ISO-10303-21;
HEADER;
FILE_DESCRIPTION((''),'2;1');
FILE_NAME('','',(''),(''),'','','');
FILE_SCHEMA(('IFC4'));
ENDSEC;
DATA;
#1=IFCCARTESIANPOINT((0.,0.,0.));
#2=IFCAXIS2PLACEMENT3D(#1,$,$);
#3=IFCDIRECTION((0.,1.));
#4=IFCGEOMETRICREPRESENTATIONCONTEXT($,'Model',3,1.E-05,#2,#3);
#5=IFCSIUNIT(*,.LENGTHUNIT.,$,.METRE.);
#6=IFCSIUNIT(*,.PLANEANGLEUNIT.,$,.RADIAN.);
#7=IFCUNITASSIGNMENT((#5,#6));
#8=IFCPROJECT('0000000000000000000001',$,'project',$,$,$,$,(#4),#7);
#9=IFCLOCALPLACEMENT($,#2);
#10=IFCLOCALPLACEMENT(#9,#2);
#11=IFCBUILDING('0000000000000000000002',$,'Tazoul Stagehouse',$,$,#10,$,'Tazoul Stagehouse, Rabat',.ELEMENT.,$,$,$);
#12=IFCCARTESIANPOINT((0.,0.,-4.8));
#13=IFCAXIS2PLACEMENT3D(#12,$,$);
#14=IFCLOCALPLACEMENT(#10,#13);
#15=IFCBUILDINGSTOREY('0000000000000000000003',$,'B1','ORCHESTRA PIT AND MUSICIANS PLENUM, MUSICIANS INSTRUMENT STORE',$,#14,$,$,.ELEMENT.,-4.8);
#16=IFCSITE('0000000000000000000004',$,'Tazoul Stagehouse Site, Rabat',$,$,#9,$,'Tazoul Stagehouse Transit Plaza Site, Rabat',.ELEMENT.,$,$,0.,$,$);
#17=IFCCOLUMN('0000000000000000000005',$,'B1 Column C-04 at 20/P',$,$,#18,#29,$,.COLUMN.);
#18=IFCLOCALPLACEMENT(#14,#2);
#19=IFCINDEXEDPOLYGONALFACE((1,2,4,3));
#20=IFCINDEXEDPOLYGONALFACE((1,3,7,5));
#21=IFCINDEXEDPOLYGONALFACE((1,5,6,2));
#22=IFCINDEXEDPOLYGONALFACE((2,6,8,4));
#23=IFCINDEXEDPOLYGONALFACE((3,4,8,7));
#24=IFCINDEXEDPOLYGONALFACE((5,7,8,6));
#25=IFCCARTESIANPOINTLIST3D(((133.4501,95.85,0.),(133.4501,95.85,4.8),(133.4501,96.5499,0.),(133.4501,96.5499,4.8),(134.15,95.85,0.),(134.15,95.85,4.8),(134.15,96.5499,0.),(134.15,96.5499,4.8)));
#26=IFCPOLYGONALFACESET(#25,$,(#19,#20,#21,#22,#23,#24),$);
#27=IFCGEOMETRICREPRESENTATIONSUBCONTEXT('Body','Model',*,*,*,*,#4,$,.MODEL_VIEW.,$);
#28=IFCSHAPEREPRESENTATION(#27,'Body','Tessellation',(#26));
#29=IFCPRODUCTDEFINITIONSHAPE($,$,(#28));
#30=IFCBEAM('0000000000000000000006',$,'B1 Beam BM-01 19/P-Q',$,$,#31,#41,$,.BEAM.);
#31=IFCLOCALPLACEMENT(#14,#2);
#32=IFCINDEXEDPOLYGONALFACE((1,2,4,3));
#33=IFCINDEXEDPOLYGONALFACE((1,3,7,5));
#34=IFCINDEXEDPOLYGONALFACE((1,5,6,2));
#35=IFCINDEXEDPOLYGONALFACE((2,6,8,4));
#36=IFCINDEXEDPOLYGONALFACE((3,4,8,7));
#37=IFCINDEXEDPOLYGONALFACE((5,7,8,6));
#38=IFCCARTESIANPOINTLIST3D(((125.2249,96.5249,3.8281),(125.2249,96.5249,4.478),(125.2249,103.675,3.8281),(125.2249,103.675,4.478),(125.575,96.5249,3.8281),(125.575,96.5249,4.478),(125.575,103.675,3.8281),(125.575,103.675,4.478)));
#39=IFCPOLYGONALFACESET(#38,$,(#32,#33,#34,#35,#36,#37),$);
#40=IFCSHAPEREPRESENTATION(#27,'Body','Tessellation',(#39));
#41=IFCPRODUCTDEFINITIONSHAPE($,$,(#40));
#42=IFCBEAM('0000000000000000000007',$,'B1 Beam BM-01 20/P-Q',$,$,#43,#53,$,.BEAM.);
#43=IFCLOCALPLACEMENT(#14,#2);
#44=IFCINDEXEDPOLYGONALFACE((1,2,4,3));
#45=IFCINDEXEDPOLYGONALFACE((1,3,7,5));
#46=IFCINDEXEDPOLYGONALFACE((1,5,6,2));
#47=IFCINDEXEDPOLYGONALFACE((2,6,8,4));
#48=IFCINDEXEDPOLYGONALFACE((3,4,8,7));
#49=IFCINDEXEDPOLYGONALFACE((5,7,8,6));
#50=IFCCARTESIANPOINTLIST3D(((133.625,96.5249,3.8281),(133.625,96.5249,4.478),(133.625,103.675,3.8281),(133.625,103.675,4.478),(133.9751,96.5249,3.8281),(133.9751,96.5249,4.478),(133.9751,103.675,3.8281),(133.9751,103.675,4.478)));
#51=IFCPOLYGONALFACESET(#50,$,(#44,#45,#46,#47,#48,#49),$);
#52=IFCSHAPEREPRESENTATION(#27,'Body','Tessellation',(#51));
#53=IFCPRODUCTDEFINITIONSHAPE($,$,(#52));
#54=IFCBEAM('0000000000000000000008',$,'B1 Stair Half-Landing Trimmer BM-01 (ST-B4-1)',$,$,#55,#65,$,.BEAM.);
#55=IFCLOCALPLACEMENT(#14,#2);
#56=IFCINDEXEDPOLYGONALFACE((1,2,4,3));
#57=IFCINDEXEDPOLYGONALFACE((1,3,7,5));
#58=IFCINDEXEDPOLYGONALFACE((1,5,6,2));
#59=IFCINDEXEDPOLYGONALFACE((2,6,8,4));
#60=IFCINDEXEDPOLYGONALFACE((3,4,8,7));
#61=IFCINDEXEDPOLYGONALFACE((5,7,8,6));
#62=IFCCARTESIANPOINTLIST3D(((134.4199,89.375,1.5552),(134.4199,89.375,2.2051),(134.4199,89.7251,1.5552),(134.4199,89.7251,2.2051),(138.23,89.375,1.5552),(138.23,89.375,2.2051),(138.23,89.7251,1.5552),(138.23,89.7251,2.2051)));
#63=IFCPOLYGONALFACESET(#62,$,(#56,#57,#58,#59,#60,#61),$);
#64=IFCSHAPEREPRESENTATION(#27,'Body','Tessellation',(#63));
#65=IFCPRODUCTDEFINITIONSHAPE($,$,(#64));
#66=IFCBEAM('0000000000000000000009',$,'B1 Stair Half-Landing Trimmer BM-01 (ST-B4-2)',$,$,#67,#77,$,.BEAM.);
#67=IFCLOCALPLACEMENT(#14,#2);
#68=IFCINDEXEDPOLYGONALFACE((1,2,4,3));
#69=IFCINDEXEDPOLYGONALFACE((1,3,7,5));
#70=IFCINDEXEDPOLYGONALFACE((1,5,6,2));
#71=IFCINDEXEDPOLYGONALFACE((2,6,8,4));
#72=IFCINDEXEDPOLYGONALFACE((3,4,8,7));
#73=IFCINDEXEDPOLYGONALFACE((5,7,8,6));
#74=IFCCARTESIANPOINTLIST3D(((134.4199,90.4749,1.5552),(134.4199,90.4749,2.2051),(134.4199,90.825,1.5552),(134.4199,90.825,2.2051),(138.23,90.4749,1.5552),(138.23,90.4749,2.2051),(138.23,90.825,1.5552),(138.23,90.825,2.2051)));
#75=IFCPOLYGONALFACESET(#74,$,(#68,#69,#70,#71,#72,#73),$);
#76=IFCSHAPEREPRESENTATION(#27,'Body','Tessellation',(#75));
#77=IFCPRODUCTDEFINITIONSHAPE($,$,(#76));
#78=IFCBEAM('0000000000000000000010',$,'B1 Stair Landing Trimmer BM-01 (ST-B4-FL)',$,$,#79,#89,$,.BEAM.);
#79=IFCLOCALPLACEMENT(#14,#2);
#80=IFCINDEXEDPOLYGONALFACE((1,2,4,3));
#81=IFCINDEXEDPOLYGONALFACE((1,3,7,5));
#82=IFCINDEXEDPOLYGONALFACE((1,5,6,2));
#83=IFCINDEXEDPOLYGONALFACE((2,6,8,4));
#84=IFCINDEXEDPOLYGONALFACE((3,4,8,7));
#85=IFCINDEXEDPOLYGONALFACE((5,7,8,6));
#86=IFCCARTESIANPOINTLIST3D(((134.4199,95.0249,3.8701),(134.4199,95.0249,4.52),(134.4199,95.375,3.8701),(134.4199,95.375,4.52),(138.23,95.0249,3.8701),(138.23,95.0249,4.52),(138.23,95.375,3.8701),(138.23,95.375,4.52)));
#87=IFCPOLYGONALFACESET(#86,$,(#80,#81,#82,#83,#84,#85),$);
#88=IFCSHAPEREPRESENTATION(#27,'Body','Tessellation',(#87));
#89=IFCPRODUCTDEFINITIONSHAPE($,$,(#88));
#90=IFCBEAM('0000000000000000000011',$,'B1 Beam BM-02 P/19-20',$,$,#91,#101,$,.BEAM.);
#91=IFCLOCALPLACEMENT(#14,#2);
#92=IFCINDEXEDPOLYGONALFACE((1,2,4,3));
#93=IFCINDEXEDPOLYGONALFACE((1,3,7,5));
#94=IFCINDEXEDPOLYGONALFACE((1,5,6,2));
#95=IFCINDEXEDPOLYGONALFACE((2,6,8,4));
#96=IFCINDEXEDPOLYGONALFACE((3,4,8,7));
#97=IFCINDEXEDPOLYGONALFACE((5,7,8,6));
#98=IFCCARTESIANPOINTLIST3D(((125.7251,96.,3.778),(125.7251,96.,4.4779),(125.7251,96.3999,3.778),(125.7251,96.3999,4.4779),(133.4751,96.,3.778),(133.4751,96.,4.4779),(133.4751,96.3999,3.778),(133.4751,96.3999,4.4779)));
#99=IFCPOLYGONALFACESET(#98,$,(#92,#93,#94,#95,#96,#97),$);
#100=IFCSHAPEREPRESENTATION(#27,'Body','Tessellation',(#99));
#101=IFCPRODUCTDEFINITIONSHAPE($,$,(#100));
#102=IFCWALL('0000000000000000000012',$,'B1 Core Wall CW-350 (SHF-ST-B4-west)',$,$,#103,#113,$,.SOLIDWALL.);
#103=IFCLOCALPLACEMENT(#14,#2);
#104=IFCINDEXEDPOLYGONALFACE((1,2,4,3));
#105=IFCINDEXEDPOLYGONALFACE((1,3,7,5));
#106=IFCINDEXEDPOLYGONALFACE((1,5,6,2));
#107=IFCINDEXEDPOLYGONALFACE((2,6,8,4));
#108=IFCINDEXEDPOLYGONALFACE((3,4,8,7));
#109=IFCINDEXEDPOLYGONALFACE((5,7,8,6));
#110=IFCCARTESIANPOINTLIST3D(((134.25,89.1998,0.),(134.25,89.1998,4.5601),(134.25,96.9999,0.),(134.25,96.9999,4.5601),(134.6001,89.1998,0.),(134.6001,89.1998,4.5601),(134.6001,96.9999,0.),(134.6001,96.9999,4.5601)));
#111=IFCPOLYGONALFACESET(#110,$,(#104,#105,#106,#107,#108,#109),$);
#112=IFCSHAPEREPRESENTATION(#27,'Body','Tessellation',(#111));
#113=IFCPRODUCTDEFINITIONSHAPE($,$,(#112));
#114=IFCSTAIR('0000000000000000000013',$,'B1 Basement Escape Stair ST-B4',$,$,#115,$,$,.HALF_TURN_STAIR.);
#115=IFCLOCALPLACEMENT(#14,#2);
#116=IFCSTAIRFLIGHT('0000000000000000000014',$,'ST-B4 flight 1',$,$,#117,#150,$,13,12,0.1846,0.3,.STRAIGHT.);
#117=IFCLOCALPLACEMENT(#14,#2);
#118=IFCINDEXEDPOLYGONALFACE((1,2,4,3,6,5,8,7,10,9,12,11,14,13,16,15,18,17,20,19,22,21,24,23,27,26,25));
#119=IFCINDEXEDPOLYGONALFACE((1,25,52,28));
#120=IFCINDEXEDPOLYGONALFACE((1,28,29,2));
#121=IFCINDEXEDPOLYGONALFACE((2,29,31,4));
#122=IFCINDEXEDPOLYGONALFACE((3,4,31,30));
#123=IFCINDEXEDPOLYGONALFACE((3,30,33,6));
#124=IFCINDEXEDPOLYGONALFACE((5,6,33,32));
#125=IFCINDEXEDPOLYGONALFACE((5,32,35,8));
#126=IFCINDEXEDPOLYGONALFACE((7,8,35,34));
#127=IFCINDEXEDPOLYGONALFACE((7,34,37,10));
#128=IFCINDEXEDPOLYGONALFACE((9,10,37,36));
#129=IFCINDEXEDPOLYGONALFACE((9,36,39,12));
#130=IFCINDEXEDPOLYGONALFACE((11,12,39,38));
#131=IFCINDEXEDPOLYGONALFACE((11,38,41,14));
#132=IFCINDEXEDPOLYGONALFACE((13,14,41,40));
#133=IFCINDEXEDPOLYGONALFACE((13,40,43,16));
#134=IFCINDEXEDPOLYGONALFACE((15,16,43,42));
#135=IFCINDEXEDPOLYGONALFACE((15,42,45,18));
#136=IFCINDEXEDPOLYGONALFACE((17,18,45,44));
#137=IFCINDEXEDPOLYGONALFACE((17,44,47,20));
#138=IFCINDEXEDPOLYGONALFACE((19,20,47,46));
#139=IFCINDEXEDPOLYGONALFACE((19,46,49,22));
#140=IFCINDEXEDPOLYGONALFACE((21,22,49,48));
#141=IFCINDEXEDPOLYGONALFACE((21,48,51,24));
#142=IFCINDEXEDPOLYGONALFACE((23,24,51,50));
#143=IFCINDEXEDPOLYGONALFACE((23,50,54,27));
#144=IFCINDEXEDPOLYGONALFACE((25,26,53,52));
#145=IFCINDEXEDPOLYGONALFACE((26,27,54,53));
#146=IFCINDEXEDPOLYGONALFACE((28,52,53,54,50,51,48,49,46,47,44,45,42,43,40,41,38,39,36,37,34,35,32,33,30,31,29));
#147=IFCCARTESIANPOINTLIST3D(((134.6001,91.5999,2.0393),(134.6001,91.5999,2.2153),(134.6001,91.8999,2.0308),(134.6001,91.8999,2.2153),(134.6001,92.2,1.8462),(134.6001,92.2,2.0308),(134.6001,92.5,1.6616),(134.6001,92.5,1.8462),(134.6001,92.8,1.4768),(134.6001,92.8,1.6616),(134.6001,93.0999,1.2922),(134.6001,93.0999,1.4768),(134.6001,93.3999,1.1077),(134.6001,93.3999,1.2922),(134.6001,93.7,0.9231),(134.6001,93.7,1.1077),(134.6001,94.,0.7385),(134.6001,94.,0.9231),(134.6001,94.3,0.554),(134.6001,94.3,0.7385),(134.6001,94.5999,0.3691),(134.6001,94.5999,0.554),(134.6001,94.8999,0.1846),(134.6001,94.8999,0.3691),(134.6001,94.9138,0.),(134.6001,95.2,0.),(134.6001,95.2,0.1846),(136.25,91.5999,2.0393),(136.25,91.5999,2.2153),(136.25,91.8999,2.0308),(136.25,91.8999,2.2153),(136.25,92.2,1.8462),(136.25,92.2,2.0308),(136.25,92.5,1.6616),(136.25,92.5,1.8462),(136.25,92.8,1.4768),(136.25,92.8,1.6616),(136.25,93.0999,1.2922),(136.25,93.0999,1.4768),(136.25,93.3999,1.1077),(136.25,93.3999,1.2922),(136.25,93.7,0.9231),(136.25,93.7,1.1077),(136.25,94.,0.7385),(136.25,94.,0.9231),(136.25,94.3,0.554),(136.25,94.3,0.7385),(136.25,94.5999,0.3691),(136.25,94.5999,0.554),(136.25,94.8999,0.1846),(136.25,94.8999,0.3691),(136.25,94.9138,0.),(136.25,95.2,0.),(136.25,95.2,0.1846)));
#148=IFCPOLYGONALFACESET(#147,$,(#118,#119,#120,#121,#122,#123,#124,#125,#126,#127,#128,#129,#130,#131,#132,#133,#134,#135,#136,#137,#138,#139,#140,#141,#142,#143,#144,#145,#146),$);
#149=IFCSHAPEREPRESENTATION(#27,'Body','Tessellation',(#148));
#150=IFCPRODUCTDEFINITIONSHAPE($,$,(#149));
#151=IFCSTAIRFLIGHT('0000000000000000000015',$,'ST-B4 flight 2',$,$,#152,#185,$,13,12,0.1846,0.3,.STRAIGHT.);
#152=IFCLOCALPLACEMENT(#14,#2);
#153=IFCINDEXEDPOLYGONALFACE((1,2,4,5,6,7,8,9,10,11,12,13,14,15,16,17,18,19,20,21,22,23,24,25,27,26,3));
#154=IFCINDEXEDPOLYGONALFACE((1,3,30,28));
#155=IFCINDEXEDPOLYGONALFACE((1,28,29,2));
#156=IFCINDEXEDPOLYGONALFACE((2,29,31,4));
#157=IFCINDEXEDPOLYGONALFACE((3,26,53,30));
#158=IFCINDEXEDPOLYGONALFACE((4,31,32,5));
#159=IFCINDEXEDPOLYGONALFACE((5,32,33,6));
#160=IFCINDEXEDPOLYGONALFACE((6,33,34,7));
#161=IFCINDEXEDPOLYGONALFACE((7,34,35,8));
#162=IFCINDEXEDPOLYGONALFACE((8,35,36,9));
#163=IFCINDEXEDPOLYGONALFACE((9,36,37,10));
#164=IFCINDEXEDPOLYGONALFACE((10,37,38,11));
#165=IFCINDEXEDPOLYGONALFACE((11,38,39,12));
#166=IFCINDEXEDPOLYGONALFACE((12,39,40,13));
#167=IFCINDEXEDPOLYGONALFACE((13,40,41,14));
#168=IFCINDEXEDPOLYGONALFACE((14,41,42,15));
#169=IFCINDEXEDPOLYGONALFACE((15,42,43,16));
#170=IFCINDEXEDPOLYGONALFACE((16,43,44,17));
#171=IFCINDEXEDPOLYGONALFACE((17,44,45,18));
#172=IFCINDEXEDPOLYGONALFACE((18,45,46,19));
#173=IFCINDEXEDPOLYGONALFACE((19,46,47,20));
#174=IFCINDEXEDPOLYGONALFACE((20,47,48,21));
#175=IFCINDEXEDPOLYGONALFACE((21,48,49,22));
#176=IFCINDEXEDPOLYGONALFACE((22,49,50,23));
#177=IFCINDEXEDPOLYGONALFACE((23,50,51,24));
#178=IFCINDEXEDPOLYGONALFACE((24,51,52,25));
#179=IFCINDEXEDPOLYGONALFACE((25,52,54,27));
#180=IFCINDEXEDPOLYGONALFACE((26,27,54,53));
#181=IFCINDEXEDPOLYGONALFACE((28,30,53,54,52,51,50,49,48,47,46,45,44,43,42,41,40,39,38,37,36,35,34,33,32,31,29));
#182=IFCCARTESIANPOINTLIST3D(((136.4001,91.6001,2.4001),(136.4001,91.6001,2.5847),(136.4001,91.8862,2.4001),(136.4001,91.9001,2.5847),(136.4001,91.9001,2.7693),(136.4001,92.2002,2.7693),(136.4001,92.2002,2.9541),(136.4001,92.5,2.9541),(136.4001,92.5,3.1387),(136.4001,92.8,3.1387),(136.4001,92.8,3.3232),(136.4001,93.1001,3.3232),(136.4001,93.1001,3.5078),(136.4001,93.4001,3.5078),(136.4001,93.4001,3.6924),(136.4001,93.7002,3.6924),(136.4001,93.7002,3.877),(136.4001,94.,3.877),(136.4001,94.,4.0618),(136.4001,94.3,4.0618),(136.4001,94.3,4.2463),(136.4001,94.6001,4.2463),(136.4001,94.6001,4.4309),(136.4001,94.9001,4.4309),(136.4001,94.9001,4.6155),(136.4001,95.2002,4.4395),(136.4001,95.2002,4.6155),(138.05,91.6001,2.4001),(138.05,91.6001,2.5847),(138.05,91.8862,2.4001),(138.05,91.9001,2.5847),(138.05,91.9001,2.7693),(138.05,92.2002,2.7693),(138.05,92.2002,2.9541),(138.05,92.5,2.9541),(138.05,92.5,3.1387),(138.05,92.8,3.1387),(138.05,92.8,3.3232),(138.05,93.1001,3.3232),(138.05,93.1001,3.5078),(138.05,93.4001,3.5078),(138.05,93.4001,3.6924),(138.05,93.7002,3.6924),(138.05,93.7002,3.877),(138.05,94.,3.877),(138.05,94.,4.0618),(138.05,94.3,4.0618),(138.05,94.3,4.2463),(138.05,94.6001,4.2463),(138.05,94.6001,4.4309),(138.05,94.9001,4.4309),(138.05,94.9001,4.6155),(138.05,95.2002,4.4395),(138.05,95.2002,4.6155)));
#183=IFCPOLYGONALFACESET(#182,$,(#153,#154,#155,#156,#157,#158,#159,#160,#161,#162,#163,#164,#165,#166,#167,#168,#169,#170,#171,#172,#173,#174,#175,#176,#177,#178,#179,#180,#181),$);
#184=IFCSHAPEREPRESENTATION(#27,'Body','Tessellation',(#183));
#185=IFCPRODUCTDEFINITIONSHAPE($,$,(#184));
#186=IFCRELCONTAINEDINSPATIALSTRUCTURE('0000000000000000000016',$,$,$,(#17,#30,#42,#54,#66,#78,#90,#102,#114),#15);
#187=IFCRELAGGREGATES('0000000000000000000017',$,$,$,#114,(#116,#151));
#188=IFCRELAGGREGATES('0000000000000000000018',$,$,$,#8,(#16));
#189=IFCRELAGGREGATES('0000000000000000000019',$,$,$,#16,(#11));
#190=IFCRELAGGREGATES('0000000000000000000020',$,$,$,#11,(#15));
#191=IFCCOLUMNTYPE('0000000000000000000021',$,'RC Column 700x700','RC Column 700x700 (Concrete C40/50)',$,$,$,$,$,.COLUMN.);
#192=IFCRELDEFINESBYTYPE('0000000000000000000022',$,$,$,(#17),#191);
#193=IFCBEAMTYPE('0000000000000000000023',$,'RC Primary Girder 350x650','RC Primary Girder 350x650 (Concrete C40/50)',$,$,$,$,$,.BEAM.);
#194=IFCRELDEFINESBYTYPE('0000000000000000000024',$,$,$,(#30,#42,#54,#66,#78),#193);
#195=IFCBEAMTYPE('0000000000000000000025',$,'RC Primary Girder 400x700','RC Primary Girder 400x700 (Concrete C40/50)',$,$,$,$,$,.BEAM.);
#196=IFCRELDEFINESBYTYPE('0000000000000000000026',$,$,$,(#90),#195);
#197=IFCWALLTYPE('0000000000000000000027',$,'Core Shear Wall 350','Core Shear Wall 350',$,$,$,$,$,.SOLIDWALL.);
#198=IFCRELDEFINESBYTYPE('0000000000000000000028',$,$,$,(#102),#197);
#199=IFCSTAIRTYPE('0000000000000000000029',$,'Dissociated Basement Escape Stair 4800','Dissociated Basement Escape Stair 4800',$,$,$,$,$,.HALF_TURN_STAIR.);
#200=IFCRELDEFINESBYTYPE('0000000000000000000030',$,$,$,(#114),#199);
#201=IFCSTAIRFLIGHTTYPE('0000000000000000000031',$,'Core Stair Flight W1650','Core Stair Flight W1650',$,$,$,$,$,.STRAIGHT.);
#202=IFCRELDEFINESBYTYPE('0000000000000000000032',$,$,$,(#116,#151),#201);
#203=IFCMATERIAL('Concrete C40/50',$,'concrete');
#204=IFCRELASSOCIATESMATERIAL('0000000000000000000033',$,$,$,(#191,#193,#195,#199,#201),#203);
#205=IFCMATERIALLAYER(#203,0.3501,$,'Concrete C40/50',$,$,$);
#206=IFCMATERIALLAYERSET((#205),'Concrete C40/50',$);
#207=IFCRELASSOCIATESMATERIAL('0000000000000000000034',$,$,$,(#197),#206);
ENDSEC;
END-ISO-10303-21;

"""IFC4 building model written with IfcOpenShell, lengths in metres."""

from ifc_helpers import new_model, si_unit, direction, frame, frame_2d, origin, origin_2d, place, context, subcontext, project, spatial, polyline, rectangle, outline, extrude, material, layer, layer_set, material_profile, profile_set, type_object, element, aggregate, save


model = new_model("IFC4")

# Units and contexts
model_context = context("Model", 3, precision=1e-05, world=origin(), true_north=direction((0.0, 1.0)))
body_context = subcontext(model_context, "Body", "Model", "MODEL_VIEW")
ifc_project = project(units=[si_unit("LENGTHUNIT", "METRE"), si_unit("PLANEANGLEUNIT", "RADIAN")], contexts=[model_context])

# Site, building, storey
site_placement = place(None, origin())
site = spatial("IfcSite", under=ifc_project, at=site_placement, Name="Tazoul Stagehouse Site, Rabat", LongName="Tazoul Stagehouse Transit Plaza Site, Rabat", CompositionType="ELEMENT", RefElevation=0.0)
building_placement = place(site_placement, origin())
building = spatial("IfcBuilding", under=site, at=building_placement, Name="Tazoul Stagehouse", LongName="Tazoul Stagehouse, Rabat", CompositionType="ELEMENT")
storey_placement = place(building_placement, frame((0.0, 0.0, -4.8)))
storey = spatial("IfcBuildingStorey", under=building, at=storey_placement, Name="B1", Description="ORCHESTRA PIT AND MUSICIANS PLENUM, MUSICIANS INSTRUMENT STORE", CompositionType="ELEMENT", Elevation=-4.8)

# Column
ifc_material_1 = material(Name="Concrete C40/50", Category="concrete")
ifc_material_profile_1 = material_profile(ifc_material_1, rectangle(XDim=0.7, YDim=0.7, at=origin_2d()), Name="RC 700x700")
ifc_profile_set_1 = profile_set([ifc_material_profile_1], Name="Concrete C40/50")
column_type = type_object("IfcColumnType", Name="RC Column 700x700", Description="RC Column 700x700 (Concrete C40/50)", PredefinedType="COLUMN", material=ifc_profile_set_1)
for number, where, z_axis, x_axis, name in (
    (1, (133.8, 96.2, 0.0), (0.0, 0.0, 1.0), (1.0, 0.0, 0.0), "B1 Column C-04 at 20/P"),
):
    element("IfcColumn", number, at=place(storey_placement, frame(where, z_axis=z_axis, x_axis=x_axis)), inside=storey, type_object=column_type, Name=name, PredefinedType="COLUMN", context=body_context, shape_type="SweptSolid", body=[
        extrude(rectangle(XDim=0.7, YDim=0.7, at=origin_2d()), origin(), (0.0, 0.0, 1.0), 4.8),
    ])

# Beams
ifc_material_profile_2 = material_profile(ifc_material_1, rectangle(XDim=0.3501, YDim=0.6499, at=origin_2d()), Name="RC 350x650")
ifc_profile_set_2 = profile_set([ifc_material_profile_2], Name="Concrete C40/50")
beam_type_1 = type_object("IfcBeamType", Name="RC Primary Girder 350x650", Description="RC Primary Girder 350x650 (Concrete C40/50)", PredefinedType="BEAM", material=ifc_profile_set_2)
for number, where, z_axis, x_axis, name in (
    (2, (125.3999, 96.5249, 4.1531), (0.0, 1.0, 0.0), (-1.0, 0.0, 0.0), "B1 Beam BM-01 19/P-Q"),
    (3, (133.8, 96.5249, 4.1531), (0.0, 1.0, 0.0), (-1.0, 0.0, 0.0), "B1 Beam BM-01 20/P-Q"),
):
    element("IfcBeam", number, at=place(storey_placement, frame(where, z_axis=z_axis, x_axis=x_axis)), inside=storey, type_object=beam_type_1, Name=name, PredefinedType="BEAM", context=body_context, shape_type="SweptSolid", body=[
        extrude(rectangle(XDim=0.3501, YDim=0.6499, at=origin_2d()), origin(), (0.0, 0.0, 1.0), 7.1501),
    ])
for number, where, z_axis, x_axis, name in (
    (4, (134.4199, 89.55, 1.8801), (1.0, 0.0, 0.0), (0.0, 1.0, 0.0), "B1 Stair Half-Landing Trimmer BM-01 (ST-B4-1)"),
    (5, (134.4199, 90.6499, 1.8801), (1.0, 0.0, 0.0), (0.0, 1.0, 0.0), "B1 Stair Half-Landing Trimmer BM-01 (ST-B4-2)"),
    (6, (134.4199, 95.2, 4.1951), (1.0, 0.0, 0.0), (0.0, 1.0, 0.0), "B1 Stair Landing Trimmer BM-01 (ST-B4-FL)"),
):
    element("IfcBeam", number, at=place(storey_placement, frame(where, z_axis=z_axis, x_axis=x_axis)), inside=storey, type_object=beam_type_1, Name=name, PredefinedType="BEAM", context=body_context, shape_type="SweptSolid", body=[
        extrude(rectangle(XDim=0.3501, YDim=0.6499, at=origin_2d()), origin(), (0.0, 0.0, 1.0), 3.8101),
    ])
ifc_material_profile_3 = material_profile(ifc_material_1, rectangle(XDim=0.3999, YDim=0.7, at=origin_2d()), Name="RC 400x700")
ifc_profile_set_3 = profile_set([ifc_material_profile_3], Name="Concrete C40/50")
beam_type_2 = type_object("IfcBeamType", Name="RC Primary Girder 400x700", Description="RC Primary Girder 400x700 (Concrete C40/50)", PredefinedType="BEAM", material=ifc_profile_set_3)
beam_placement = place(storey_placement, frame((125.7251, 96.2, 4.1279), z_axis=(1.0, 0.0, 0.0), x_axis=(0.0, 1.0, 0.0)))
element("IfcBeam", 7, at=beam_placement, inside=storey, type_object=beam_type_2, Name="B1 Beam BM-02 P/19-20", PredefinedType="BEAM", context=body_context, shape_type="SweptSolid", body=[
    extrude(rectangle(XDim=0.3999, YDim=0.7, at=origin_2d()), origin(), (0.0, 0.0, 1.0), 7.75),
])

# Wall
ifc_layer = layer(ifc_material_1, 0.3501, Name="Concrete C40/50")
ifc_layer_set = layer_set([ifc_layer], Name="Concrete C40/50")
wall_type = type_object("IfcWallType", Name="Core Shear Wall 350", Description="Core Shear Wall 350", PredefinedType="SOLIDWALL", material=ifc_layer_set)
wall_placement = place(storey_placement, frame((134.425, 89.2, 0.0), z_axis=(0.0, 0.0, 1.0), x_axis=(0.0, 1.0, 0.0)))
element("IfcWall", 8, at=wall_placement, inside=storey, type_object=wall_type, Name="B1 Core Wall CW-350 (SHF-ST-B4-west)", PredefinedType="SOLIDWALL", context=body_context, shape_type="SweptSolid", body=[
    extrude(rectangle(XDim=7.8, YDim=0.3501, at=frame_2d((3.8999, 0.0))), origin(), (0.0, 0.0, 1.0), 4.5601),
])

# Stair, stair flights
stair_type = type_object("IfcStairType", Name="Dissociated Basement Escape Stair 4800", Description="Dissociated Basement Escape Stair 4800", PredefinedType="HALF_TURN_STAIR", material=ifc_material_1)
stair_placement = place(storey_placement, origin())
stair = element("IfcStair", 9, at=stair_placement, inside=storey, type_object=stair_type, Name="B1 Basement Escape Stair ST-B4", PredefinedType="HALF_TURN_STAIR")
stair_flight_type = type_object("IfcStairFlightType", Name="Core Stair Flight W1650", Description="Core Stair Flight W1650", PredefinedType="STRAIGHT", material=ifc_material_1)
stair_flight_1_placement = place(storey_placement, frame((135.425, 95.2, 0.0), z_axis=(0.0, 0.0, 1.0), x_axis=(0.0, -1.0, 0.0)))
stair_flight_1 = element("IfcStairFlight", 10, at=stair_flight_1_placement, type_object=stair_flight_type, Name="ST-B4 flight 1", NumberOfRisers=13, NumberOfTreads=12, PredefinedType="STRAIGHT", RiserHeight=0.1846, TreadLength=0.3, context=body_context, shape_type="SweptSolid", body=[
    extrude(outline(polyline([(0.0, 0.0), (0.0, 0.1846), (0.3, 0.1846), (0.3, 0.3691), (0.6001, 0.3691), (0.6001, 0.554), (0.8999, 0.554), (0.8999, 0.7385), (1.2, 0.7385), (1.2, 0.9231), (1.5, 0.9231), (1.5, 1.1077), (1.8, 1.1077), (1.8, 1.2922), (2.1001, 1.2922), (2.1001, 1.4768), (2.3999, 1.4768), (2.3999, 1.6616), (2.7, 1.6616), (2.7, 1.8462), (3.0, 1.8462), (3.0, 2.0308), (3.3, 2.0308), (3.3, 2.2153), (3.6001, 2.2153), (3.6001, 2.3999), (3.6001, 2.0393), (0.2861, 0.0), (0.0, 0.0)])), frame((0.0, 0.825, 0.0), z_axis=(0.0, -1.0, 0.0), x_axis=(1.0, 0.0, 0.0)), (0.0, 0.0, 1.0), 1.6499),
])
stair_flight_2_placement = place(storey_placement, frame((137.2251, 91.6001, 2.4001), z_axis=(0.0, 0.0, 1.0), x_axis=(0.0, 1.0, 0.0)))
stair_flight_2 = element("IfcStairFlight", 11, at=stair_flight_2_placement, type_object=stair_flight_type, Name="ST-B4 flight 2", NumberOfRisers=13, NumberOfTreads=12, PredefinedType="STRAIGHT", RiserHeight=0.1846, TreadLength=0.3, context=body_context, shape_type="SweptSolid", body=[
    extrude(outline(polyline([(0.0, 0.0), (0.0, 0.1846), (0.3, 0.1846), (0.3, 0.3691), (0.6001, 0.3691), (0.6001, 0.554), (0.8999, 0.554), (0.8999, 0.7385), (1.2, 0.7385), (1.2, 0.9231), (1.5, 0.9231), (1.5, 1.1077), (1.8, 1.1077), (1.8, 1.2922), (2.1001, 1.2922), (2.1001, 1.4768), (2.3999, 1.4768), (2.3999, 1.6616), (2.7, 1.6616), (2.7, 1.8462), (3.0, 1.8462), (3.0, 2.0308), (3.3, 2.0308), (3.3, 2.2153), (3.6001, 2.2153), (3.6001, 2.3999), (3.6001, 2.0393), (0.2861, 0.0), (0.0, 0.0)])), frame((0.0, 0.825, 0.0), z_axis=(0.0, -1.0, 0.0), x_axis=(1.0, 0.0, 0.0)), (0.0, 0.0, 1.0), 1.6499),
])
aggregate(stair, [stair_flight_1, stair_flight_2])

save(model, "model.ifc")
